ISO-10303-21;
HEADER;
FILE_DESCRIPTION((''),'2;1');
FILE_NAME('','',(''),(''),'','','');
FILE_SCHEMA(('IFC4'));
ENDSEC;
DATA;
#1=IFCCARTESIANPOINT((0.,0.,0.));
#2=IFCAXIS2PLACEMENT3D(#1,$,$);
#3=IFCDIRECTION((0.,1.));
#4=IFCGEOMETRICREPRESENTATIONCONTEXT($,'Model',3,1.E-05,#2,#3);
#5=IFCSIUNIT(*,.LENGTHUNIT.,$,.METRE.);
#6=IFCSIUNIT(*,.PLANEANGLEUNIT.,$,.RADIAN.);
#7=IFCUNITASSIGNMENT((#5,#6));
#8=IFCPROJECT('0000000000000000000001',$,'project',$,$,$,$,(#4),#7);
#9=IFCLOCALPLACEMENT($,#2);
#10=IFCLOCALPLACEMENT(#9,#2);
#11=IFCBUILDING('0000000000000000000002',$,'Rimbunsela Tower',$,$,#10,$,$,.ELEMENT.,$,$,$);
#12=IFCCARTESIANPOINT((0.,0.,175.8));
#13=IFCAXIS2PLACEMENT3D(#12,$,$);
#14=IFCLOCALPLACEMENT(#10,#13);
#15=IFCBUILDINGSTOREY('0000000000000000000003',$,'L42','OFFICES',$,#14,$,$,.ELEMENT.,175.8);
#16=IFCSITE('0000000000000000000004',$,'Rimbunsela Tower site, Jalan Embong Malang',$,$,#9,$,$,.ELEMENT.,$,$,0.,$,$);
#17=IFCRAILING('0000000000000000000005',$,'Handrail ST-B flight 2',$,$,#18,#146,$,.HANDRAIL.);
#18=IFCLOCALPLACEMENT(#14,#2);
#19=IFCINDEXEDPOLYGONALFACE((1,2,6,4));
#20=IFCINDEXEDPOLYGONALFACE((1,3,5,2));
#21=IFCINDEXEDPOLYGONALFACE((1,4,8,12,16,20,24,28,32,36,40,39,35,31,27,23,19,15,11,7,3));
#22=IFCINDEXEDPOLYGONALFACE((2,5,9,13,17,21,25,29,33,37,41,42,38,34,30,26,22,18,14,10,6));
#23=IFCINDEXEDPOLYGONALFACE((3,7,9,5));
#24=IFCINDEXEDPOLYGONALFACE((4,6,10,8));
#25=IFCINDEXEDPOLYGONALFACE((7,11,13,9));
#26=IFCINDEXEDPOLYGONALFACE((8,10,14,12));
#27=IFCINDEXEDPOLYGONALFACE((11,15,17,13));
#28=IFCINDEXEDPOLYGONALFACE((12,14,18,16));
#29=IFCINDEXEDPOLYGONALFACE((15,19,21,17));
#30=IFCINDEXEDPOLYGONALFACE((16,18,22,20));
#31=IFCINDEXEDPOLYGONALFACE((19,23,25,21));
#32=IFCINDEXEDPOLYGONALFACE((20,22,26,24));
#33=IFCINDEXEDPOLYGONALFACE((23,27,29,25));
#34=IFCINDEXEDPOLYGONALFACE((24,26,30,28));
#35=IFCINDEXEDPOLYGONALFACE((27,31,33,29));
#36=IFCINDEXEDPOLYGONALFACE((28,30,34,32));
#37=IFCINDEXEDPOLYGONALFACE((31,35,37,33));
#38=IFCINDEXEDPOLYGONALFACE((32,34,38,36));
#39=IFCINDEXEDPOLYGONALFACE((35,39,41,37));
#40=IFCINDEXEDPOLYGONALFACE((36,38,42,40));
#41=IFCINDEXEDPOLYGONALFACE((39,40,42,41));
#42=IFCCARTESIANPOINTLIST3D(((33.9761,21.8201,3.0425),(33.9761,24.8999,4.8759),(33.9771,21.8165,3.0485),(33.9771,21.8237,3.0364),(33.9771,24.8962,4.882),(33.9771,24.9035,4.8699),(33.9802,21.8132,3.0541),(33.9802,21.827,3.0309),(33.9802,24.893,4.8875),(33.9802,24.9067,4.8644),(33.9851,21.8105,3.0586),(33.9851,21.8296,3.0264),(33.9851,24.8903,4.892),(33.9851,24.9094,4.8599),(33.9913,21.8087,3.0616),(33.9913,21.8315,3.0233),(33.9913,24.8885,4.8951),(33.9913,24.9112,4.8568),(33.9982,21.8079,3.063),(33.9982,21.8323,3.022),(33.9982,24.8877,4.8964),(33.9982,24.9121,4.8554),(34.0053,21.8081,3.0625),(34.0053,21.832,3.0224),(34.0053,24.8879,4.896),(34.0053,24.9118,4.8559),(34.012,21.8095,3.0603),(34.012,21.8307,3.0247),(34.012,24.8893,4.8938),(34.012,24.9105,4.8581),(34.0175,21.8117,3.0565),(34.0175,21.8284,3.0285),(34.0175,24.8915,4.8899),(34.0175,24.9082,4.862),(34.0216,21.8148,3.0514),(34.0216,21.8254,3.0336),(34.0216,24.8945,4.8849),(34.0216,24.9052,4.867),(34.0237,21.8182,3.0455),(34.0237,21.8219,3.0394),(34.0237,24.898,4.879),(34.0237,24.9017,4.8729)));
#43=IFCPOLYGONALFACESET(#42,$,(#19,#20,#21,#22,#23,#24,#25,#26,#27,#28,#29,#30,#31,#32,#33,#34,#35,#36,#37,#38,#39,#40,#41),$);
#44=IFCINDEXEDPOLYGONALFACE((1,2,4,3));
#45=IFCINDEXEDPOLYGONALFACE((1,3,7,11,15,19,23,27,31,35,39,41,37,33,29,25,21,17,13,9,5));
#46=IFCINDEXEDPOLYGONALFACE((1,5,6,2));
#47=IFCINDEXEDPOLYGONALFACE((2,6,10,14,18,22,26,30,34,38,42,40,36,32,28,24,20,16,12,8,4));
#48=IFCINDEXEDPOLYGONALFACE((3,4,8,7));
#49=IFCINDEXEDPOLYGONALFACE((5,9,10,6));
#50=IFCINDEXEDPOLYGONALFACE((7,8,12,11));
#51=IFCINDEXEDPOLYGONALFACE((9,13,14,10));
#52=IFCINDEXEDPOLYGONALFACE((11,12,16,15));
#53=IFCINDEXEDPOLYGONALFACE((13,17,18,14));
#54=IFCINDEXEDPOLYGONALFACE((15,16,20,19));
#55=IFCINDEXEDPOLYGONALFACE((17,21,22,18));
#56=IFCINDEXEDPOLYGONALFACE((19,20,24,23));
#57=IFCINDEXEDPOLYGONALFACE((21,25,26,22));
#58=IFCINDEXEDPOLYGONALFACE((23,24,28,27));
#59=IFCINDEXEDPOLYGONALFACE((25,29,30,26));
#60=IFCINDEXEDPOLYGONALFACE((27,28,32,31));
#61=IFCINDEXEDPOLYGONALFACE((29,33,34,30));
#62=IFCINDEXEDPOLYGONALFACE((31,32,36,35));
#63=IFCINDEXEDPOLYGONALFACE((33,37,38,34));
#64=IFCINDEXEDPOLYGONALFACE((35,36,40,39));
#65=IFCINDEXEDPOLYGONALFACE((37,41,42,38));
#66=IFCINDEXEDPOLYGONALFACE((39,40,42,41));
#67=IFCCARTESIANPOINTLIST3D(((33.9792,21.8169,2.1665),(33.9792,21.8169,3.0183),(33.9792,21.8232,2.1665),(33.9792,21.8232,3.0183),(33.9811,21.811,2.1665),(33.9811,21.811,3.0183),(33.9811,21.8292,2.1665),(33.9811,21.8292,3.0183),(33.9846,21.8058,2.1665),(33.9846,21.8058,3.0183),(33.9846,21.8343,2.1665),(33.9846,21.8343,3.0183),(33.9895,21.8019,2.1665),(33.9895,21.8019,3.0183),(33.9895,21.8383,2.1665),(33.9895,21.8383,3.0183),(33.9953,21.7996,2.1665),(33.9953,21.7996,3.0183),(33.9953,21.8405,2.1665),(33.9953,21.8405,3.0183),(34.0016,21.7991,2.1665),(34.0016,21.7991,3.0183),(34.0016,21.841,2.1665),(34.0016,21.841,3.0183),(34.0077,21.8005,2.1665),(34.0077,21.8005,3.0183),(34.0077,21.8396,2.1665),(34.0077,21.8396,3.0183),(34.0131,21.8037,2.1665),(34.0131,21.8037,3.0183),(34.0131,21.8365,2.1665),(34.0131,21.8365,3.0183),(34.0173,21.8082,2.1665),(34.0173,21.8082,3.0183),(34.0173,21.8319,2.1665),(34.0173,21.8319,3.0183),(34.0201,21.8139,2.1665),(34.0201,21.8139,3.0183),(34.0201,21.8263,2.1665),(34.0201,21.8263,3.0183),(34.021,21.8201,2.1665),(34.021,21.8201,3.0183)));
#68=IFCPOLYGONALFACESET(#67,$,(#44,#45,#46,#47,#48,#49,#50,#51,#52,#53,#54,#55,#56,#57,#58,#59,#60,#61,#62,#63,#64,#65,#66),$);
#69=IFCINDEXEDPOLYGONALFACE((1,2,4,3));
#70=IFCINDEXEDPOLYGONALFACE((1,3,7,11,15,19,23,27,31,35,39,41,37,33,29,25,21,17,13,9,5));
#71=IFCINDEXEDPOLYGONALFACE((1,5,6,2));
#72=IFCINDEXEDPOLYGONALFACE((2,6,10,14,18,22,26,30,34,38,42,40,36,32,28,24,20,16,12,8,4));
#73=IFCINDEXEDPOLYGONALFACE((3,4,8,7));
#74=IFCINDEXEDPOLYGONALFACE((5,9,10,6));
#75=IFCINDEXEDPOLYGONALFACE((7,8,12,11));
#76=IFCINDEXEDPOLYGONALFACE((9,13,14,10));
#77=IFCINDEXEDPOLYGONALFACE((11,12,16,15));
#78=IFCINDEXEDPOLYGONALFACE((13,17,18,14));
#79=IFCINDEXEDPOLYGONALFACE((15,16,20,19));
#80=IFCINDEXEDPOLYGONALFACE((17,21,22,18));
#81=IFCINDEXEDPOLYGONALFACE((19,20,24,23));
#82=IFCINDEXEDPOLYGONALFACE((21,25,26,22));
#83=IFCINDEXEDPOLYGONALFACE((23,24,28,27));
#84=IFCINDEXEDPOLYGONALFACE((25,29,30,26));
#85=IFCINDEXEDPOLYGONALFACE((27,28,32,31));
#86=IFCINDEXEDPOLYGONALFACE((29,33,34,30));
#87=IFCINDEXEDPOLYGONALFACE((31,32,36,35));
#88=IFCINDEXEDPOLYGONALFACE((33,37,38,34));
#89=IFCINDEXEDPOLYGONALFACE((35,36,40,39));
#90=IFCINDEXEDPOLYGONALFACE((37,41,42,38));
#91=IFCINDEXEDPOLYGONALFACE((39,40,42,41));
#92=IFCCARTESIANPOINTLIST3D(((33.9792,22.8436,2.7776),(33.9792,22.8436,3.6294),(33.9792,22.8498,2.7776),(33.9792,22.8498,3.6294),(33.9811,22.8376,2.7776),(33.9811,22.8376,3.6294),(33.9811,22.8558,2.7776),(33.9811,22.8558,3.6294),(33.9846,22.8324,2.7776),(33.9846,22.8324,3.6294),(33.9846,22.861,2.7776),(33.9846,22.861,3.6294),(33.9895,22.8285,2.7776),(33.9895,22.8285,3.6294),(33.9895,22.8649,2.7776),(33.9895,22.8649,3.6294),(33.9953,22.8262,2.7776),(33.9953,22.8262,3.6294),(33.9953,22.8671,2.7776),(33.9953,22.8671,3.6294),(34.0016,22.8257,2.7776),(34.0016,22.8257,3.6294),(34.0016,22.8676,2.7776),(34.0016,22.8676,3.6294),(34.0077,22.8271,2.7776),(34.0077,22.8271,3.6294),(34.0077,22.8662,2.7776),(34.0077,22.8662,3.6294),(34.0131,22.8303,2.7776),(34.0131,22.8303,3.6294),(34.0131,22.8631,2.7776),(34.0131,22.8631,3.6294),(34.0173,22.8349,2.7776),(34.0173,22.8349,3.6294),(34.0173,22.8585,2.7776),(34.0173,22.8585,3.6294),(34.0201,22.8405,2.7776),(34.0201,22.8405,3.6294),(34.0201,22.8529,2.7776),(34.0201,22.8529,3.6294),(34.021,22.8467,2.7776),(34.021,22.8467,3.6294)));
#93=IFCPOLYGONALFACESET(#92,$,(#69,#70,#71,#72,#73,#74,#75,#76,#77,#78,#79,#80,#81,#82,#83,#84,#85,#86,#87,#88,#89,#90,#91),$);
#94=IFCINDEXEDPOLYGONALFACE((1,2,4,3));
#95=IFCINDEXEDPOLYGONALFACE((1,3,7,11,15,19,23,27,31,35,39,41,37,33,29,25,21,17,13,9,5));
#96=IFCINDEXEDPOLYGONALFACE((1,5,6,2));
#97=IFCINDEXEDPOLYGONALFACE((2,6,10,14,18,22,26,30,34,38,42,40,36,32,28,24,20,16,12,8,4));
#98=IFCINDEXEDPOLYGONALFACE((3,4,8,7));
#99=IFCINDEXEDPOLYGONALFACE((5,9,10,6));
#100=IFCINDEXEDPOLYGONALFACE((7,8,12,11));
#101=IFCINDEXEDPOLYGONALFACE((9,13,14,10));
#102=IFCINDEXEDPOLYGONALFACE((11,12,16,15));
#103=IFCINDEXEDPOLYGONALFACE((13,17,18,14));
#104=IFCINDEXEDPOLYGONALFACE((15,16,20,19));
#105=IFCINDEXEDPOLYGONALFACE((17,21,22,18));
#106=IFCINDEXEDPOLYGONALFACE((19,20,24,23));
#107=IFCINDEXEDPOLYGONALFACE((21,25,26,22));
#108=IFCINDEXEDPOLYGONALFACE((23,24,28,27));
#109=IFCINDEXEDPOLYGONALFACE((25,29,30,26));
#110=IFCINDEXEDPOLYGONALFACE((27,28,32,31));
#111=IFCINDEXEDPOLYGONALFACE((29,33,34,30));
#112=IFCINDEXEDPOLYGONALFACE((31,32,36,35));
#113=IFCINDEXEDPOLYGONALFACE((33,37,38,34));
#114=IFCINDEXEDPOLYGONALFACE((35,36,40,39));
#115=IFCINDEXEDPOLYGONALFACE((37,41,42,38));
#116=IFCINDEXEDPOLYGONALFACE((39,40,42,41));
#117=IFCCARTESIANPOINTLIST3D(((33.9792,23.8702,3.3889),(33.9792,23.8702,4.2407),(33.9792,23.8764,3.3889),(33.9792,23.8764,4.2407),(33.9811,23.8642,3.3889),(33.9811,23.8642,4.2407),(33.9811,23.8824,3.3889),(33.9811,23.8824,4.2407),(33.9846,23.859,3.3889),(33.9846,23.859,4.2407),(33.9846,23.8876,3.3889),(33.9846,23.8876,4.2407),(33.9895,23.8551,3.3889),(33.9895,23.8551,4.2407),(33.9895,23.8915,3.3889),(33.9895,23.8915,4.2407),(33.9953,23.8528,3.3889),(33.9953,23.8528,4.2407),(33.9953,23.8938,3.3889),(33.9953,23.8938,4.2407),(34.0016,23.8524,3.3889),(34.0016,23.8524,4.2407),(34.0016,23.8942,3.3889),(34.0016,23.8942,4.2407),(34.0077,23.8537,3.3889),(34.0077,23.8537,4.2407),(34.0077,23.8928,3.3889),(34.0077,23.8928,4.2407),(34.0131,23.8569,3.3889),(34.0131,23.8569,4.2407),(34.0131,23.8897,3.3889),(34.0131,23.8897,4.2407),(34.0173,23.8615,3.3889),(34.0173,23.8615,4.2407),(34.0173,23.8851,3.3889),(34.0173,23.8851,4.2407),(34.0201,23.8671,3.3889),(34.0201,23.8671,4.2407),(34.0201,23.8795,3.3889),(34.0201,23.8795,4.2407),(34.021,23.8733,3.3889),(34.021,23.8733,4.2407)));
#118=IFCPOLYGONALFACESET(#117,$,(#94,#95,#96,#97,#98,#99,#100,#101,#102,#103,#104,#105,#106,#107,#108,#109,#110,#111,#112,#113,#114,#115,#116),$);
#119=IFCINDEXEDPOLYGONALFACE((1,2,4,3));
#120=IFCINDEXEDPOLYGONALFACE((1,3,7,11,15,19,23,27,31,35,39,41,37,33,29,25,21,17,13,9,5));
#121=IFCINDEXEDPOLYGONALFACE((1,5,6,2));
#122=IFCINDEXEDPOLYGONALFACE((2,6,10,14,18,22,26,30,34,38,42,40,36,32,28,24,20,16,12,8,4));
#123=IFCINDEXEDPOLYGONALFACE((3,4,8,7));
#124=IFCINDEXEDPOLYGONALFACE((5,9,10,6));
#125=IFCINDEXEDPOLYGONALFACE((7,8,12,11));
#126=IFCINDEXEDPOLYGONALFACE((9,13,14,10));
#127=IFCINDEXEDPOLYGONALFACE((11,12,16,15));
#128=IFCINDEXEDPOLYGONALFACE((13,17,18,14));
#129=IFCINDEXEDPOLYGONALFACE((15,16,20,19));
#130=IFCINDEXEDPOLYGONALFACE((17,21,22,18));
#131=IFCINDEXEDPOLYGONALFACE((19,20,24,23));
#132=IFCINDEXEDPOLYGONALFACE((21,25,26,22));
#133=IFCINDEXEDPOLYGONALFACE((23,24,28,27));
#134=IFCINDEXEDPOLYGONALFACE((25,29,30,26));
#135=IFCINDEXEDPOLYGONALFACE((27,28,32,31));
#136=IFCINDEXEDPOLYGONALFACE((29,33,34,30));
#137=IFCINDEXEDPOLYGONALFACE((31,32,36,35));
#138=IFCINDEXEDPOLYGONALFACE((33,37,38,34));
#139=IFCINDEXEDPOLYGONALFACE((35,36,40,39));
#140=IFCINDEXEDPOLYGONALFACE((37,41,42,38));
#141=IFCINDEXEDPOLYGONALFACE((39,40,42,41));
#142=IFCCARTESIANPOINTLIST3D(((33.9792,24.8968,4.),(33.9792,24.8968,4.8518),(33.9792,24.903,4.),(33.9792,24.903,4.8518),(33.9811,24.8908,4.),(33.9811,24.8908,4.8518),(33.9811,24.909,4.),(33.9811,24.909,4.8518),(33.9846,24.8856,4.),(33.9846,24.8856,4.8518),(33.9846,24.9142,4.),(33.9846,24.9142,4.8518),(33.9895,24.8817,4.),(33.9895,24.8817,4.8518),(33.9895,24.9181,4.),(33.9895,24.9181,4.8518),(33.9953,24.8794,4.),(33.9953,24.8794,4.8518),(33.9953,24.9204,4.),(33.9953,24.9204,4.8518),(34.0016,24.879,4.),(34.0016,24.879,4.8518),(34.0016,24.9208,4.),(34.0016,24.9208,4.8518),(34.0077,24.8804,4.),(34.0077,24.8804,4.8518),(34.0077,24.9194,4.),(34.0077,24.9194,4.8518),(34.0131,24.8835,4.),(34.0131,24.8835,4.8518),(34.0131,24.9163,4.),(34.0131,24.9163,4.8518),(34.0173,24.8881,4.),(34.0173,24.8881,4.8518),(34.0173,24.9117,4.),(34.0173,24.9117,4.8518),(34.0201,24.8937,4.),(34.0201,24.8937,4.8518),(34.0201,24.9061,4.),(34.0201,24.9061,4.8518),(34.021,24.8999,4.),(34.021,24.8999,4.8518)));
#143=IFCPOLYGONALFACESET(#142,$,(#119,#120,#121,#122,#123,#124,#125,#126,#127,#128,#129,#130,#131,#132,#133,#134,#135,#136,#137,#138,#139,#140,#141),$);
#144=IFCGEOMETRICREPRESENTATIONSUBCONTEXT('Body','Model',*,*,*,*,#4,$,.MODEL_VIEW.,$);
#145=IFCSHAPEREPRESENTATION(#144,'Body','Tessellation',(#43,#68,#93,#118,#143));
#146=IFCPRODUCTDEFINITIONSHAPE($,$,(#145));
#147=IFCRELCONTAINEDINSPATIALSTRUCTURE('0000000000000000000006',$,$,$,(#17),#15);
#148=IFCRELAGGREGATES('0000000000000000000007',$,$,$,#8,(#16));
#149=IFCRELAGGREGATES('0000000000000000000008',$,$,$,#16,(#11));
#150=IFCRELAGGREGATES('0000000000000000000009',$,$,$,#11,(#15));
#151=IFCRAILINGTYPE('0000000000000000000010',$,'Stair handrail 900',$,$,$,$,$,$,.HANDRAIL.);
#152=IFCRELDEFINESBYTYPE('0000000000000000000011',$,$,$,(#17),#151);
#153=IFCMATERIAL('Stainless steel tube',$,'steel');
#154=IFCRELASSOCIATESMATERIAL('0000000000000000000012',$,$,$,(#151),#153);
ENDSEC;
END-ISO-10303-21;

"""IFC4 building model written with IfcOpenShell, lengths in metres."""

from ifc_helpers import new_model, si_unit, direction, frame, origin, origin_2d, place, context, subcontext, project, spatial, circle, extrude, material, type_object, element, save


model = new_model("IFC4")

# Units and contexts
model_context = context("Model", 3, precision=1e-05, world=origin(), true_north=direction((0.0, 1.0)))
body_context = subcontext(model_context, "Body", "Model", "MODEL_VIEW")
ifc_project = project(units=[si_unit("LENGTHUNIT", "METRE"), si_unit("PLANEANGLEUNIT", "RADIAN")], contexts=[model_context])

# Site, building, storey
site_placement = place(None, origin())
site = spatial("IfcSite", under=ifc_project, at=site_placement, Name="Rimbunsela Tower site, Jalan Embong Malang", CompositionType="ELEMENT", RefElevation=0.0)
building_placement = place(site_placement, origin())
building = spatial("IfcBuilding", under=site, at=building_placement, Name="Rimbunsela Tower", CompositionType="ELEMENT")
storey_placement = place(building_placement, frame((0.0, 0.0, 175.8)))
storey = spatial("IfcBuildingStorey", under=building, at=storey_placement, Name="L42", Description="OFFICES", CompositionType="ELEMENT", Elevation=175.8)

# Railing
ifc_material_1 = material(Name="Stainless steel tube", Category="steel")
railing_type = type_object("IfcRailingType", Name="Stair handrail 900", PredefinedType="HANDRAIL", material=ifc_material_1)
railing_placement = place(storey_placement, frame((34.0, 21.8201, 2.1665)))
element("IfcRailing", 1, at=railing_placement, inside=storey, type_object=railing_type, Name="Handrail ST-B flight 2", PredefinedType="HANDRAIL", context=body_context, shape_type="SweptSolid", body=[
    extrude(circle(Radius=0.0239, at=origin_2d()), frame((0.0, 0.0, 0.876), z_axis=(0.0, 0.859261, 0.511538), x_axis=(-1.0, 0.0, 0.0)), (0.0, 0.0, 1.0), 3.5842),
    extrude(circle(Radius=0.021, at=origin_2d()), origin(), (0.0, 0.0, 1.0), 0.8518),
    extrude(circle(Radius=0.021, at=origin_2d()), frame((0.0, 1.0266, 0.6111)), (0.0, 0.0, 1.0), 0.8518),
    extrude(circle(Radius=0.021, at=origin_2d()), frame((0.0, 2.0532, 1.2224)), (0.0, 0.0, 1.0), 0.8518),
    extrude(circle(Radius=0.021, at=origin_2d()), frame((0.0, 3.0798, 1.8335)), (0.0, 0.0, 1.0), 0.8518),
])

save(model, "model.ifc")
